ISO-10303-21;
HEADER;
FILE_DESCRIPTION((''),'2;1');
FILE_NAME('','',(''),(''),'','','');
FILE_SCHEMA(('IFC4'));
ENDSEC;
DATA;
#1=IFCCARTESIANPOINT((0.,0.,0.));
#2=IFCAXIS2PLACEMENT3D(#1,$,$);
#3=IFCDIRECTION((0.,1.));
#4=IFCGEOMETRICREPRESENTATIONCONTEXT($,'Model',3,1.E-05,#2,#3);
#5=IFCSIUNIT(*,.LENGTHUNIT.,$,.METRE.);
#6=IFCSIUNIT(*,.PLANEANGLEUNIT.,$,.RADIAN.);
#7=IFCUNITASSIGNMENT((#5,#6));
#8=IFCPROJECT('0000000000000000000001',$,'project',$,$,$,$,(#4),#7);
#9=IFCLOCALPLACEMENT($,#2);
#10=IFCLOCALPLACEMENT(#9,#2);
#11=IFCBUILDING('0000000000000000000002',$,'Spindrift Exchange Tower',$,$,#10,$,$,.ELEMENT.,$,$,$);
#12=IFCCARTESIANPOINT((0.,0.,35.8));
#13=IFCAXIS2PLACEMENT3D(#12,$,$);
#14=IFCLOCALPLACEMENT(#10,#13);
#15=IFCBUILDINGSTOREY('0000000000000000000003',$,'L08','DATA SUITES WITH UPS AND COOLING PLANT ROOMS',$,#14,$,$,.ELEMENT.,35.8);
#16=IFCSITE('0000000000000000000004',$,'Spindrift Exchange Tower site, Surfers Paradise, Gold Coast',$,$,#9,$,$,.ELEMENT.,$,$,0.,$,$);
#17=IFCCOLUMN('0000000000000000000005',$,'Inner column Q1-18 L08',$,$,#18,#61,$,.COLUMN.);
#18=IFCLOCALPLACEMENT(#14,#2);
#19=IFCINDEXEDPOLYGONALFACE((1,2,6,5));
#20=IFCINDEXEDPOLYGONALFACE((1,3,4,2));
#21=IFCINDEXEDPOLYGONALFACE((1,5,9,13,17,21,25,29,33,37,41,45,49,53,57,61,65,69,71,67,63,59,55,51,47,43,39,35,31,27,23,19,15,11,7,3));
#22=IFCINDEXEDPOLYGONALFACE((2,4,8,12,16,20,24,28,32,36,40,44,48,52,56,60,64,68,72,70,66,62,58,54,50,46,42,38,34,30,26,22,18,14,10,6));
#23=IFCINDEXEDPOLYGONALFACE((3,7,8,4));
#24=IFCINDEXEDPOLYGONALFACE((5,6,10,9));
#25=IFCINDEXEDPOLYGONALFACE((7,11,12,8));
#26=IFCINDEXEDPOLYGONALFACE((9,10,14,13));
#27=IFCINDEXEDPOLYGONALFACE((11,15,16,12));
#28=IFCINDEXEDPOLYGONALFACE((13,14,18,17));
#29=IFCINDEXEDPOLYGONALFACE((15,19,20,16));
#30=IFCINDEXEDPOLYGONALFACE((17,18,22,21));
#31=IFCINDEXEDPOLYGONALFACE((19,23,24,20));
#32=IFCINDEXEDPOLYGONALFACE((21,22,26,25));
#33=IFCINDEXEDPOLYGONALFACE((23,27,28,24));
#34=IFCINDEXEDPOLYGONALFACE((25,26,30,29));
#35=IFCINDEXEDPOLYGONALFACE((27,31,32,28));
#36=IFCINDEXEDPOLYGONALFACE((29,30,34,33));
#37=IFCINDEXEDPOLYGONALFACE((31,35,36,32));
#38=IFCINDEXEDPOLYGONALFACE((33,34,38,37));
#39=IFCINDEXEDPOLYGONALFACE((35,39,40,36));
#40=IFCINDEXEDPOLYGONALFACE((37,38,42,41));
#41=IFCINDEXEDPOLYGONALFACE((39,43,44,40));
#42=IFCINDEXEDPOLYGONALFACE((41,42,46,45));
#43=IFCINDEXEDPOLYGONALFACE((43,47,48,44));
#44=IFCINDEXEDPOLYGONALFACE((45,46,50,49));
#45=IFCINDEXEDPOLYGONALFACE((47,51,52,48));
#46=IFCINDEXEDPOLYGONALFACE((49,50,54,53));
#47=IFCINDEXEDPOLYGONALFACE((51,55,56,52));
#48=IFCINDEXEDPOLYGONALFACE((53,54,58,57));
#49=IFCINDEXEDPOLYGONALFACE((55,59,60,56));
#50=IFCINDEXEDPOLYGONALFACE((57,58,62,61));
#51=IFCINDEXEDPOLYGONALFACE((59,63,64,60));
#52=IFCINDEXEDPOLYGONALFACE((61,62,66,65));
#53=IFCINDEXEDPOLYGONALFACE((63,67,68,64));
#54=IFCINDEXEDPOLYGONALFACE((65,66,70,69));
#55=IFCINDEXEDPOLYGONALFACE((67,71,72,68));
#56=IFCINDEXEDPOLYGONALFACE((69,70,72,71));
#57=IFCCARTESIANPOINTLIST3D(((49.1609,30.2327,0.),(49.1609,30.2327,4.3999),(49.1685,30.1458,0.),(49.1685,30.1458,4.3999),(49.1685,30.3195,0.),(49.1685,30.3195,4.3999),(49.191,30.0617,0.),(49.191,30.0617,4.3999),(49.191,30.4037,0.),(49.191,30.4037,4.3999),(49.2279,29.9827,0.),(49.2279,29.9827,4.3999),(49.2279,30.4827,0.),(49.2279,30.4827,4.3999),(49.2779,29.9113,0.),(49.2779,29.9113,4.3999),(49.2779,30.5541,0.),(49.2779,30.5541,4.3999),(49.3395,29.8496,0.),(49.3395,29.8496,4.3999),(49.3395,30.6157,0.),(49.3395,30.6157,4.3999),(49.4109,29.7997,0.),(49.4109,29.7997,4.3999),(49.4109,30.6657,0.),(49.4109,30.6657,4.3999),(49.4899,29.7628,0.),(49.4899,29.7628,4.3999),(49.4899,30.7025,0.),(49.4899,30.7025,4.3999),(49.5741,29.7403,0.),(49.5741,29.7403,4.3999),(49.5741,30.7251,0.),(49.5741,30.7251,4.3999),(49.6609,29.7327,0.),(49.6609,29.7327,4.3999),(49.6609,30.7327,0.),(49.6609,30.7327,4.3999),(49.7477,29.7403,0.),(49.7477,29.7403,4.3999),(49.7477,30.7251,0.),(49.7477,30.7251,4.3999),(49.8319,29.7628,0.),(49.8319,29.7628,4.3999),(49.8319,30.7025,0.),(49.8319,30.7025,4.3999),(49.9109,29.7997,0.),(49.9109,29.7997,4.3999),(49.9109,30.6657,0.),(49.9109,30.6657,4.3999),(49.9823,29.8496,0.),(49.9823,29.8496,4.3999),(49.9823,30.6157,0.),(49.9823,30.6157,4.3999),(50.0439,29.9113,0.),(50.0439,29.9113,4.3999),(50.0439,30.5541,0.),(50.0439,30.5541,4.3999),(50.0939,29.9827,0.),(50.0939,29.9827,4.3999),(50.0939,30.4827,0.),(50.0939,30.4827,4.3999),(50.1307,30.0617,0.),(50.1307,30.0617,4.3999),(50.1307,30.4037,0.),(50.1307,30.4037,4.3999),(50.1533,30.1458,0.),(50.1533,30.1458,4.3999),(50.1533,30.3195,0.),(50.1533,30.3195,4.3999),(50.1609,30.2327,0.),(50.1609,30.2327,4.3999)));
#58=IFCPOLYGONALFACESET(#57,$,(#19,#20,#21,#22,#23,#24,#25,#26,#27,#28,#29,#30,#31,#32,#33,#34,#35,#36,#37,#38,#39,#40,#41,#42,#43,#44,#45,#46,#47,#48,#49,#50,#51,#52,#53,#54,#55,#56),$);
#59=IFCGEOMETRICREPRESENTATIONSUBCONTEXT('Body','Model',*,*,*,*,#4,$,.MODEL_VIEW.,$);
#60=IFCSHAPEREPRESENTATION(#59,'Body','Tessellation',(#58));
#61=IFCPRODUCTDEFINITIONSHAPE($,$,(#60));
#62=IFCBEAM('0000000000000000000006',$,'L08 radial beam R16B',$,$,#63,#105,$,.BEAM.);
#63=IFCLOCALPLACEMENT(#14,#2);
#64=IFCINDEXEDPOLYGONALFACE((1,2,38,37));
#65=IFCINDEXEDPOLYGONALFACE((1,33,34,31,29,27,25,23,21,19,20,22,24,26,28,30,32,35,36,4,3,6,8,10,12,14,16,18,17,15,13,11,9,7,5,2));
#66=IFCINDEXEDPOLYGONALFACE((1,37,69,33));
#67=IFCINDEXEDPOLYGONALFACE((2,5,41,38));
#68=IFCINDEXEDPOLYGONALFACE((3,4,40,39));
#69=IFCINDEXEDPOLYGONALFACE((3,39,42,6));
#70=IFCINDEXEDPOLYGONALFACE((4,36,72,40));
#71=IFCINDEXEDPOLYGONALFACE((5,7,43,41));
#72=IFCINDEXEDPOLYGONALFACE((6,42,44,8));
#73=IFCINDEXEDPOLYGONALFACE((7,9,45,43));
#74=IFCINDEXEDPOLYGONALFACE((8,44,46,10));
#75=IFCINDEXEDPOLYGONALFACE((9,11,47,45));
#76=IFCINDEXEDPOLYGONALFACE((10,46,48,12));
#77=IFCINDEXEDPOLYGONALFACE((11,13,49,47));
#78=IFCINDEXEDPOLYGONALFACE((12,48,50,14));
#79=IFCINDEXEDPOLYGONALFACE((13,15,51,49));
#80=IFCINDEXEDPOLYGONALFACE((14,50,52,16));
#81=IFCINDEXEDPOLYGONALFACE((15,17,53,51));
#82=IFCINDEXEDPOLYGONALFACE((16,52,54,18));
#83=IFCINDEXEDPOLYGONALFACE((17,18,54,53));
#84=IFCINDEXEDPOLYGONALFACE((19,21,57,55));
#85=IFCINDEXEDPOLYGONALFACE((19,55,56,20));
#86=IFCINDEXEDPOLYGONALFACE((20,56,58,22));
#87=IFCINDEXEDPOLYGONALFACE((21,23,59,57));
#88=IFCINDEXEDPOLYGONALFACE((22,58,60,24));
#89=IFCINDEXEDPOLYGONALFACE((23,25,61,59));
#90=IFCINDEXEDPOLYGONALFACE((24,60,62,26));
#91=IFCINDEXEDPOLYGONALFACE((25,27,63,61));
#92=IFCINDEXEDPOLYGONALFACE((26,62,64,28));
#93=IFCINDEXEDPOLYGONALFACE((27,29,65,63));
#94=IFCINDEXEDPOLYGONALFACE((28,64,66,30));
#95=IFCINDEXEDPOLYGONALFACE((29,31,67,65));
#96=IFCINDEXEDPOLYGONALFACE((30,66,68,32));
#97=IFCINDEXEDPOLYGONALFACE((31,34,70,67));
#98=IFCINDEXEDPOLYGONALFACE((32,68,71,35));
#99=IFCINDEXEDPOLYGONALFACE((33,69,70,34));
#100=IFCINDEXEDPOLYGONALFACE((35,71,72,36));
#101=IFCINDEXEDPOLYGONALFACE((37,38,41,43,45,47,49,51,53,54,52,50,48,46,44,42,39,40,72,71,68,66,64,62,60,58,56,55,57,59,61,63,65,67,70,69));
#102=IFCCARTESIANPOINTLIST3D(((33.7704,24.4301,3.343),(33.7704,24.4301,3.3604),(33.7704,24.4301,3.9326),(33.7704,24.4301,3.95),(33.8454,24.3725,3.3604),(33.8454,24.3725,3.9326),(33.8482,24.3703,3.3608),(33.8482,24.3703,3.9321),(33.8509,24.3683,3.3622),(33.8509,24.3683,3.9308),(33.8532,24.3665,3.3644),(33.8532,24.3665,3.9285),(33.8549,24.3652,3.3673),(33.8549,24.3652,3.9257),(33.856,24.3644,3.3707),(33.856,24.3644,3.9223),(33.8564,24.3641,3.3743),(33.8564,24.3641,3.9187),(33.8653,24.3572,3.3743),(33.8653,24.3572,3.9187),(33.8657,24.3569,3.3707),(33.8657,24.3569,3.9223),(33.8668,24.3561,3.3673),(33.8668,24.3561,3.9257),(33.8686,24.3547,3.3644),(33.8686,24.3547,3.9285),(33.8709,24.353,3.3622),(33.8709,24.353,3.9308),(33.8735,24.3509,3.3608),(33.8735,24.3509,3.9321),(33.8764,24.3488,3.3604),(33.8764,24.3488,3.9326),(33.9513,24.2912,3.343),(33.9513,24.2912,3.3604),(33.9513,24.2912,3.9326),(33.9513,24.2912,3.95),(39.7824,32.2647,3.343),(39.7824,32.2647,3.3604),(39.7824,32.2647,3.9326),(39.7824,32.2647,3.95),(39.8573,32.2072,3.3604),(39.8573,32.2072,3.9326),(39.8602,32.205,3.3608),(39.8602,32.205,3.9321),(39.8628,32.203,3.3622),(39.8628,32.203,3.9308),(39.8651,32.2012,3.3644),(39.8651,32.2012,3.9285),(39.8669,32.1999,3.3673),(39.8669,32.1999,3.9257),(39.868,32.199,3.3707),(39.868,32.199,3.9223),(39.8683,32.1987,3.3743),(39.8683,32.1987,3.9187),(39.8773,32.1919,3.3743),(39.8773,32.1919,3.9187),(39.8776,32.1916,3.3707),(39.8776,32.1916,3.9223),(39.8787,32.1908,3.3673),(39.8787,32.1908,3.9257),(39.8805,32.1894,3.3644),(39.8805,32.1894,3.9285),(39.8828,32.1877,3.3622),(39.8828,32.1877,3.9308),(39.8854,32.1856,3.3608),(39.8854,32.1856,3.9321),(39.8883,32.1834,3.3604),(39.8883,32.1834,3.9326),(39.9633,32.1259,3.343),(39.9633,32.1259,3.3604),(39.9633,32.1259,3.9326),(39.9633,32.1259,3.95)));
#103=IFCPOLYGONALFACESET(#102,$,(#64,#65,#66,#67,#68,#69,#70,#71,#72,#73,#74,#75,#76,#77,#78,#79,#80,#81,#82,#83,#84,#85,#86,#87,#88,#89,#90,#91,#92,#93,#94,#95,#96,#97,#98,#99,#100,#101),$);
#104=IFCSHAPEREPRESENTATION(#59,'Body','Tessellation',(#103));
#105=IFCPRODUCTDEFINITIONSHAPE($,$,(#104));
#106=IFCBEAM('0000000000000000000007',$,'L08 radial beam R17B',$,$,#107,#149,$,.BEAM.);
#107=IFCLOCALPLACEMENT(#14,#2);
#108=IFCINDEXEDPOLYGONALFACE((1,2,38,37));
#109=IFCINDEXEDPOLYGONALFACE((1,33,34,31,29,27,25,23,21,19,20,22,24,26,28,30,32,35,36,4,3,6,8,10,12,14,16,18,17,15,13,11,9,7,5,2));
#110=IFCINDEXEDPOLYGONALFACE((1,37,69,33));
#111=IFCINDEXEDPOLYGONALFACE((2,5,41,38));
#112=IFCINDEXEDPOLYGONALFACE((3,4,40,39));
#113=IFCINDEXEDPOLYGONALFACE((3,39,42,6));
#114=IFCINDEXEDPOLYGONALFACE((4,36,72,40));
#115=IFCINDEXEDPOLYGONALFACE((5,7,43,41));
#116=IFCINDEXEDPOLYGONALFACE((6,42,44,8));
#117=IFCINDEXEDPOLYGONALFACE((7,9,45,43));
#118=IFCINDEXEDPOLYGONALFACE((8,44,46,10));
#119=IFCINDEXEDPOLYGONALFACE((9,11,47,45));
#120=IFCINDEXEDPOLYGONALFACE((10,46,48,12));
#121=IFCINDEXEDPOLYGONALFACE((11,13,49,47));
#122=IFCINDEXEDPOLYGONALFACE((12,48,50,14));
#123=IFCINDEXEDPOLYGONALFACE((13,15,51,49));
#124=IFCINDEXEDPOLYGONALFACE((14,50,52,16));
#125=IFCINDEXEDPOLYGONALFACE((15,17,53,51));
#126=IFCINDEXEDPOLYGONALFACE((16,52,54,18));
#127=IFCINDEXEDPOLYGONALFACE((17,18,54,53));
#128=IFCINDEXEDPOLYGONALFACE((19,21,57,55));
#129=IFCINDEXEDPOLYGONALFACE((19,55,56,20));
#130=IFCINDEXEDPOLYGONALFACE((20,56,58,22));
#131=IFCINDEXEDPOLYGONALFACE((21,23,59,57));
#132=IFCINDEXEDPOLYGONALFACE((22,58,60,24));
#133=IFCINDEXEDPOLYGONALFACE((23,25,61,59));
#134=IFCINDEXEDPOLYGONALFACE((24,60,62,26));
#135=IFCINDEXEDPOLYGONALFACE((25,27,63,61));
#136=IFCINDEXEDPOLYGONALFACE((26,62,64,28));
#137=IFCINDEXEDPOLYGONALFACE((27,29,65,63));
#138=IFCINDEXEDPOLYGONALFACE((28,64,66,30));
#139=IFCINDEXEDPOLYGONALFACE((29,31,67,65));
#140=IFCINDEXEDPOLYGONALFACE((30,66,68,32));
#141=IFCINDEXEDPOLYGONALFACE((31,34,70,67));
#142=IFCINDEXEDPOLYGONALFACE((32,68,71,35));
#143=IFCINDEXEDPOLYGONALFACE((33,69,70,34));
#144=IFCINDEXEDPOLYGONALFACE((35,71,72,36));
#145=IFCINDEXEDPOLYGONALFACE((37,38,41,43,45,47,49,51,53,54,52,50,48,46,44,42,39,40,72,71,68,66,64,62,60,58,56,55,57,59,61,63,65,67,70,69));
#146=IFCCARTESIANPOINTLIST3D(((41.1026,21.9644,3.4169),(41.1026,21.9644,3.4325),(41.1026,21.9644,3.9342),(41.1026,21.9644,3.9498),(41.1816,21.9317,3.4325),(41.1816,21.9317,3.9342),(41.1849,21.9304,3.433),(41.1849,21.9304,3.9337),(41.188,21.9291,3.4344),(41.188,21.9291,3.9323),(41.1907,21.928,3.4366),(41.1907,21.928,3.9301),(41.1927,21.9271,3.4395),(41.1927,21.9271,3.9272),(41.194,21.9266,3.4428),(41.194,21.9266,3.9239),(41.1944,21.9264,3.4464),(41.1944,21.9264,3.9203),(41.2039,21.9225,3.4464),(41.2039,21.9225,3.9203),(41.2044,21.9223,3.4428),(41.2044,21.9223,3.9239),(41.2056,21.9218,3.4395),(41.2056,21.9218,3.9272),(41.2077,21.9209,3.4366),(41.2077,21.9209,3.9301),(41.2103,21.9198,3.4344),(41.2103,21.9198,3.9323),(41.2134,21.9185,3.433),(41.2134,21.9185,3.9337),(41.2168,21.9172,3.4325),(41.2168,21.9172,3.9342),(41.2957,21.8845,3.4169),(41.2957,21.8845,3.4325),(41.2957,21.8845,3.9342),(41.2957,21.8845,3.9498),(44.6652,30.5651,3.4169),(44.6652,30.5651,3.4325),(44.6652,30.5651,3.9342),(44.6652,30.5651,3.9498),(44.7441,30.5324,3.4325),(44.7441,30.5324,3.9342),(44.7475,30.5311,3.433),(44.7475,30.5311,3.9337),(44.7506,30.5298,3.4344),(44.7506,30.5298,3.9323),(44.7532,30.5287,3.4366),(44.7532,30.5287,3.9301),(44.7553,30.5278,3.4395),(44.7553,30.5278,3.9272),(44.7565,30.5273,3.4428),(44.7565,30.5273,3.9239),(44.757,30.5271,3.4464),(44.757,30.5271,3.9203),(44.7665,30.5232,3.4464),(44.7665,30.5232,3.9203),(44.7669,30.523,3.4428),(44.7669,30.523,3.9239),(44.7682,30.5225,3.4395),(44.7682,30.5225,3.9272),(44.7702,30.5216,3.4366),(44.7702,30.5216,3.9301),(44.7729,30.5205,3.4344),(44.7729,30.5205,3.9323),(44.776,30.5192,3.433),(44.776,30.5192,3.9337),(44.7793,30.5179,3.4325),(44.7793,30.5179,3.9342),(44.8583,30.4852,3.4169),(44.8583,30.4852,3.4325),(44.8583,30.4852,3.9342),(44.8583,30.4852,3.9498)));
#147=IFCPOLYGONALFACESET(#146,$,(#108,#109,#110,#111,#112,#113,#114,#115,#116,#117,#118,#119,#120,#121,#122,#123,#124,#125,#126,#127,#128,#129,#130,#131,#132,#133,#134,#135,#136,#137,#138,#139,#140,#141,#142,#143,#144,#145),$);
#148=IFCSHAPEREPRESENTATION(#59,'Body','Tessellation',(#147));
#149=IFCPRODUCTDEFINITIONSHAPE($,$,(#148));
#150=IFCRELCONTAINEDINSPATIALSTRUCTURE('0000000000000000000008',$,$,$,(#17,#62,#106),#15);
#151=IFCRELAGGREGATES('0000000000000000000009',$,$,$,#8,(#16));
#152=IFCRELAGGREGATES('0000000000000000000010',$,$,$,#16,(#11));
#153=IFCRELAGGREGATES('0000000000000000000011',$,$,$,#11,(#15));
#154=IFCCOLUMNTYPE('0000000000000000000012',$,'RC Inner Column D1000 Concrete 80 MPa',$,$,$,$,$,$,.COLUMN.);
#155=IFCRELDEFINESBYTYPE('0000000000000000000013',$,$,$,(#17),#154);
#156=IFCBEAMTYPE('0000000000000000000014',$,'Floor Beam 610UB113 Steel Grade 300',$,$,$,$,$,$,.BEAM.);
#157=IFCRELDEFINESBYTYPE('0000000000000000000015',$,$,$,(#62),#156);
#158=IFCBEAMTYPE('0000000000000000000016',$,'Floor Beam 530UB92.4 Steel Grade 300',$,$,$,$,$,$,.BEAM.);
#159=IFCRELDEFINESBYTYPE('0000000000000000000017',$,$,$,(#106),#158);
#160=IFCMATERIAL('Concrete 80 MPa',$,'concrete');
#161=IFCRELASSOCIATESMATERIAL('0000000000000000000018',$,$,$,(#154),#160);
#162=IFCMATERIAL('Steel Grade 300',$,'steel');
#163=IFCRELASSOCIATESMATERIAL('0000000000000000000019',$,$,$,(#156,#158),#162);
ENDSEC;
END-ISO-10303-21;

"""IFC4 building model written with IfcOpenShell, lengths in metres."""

from ifc_helpers import new_model, si_unit, direction, frame, origin, origin_2d, place, context, subcontext, project, spatial, circle, i_section, extrude, source, transform, mapped, material, material_profile, profile_set, type_object, element, save


model = new_model("IFC4")

# Units and contexts
model_context = context("Model", 3, precision=1e-05, world=origin(), true_north=direction((0.0, 1.0)))
body_context = subcontext(model_context, "Body", "Model", "MODEL_VIEW")
ifc_project = project(units=[si_unit("LENGTHUNIT", "METRE"), si_unit("PLANEANGLEUNIT", "RADIAN")], contexts=[model_context])

# Site, building, storey
site_placement = place(None, origin())
site = spatial("IfcSite", under=ifc_project, at=site_placement, Name="Spindrift Exchange Tower site, Surfers Paradise, Gold Coast", CompositionType="ELEMENT", RefElevation=0.0)
building_placement = place(site_placement, origin())
building = spatial("IfcBuilding", under=site, at=building_placement, Name="Spindrift Exchange Tower", CompositionType="ELEMENT")
storey_placement = place(building_placement, frame((0.0, 0.0, 35.8)))
storey = spatial("IfcBuildingStorey", under=building, at=storey_placement, Name="L08", Description="DATA SUITES WITH UPS AND COOLING PLANT ROOMS", CompositionType="ELEMENT", Elevation=35.8)

# Column
ifc_material_1 = material(Name="Concrete 80 MPa", Category="concrete")
ifc_material_profile_1 = material_profile(ifc_material_1, circle(Radius=0.5, at=origin_2d()), Name="RC D1000")
ifc_profile_set_1 = profile_set([ifc_material_profile_1], Name="Concrete 80 MPa")
column_type_1 = type_object("IfcColumnType", Name="RC Inner Column D1000 Concrete 80 MPa", PredefinedType="COLUMN", material=ifc_profile_set_1)
shared_shape_1 = source(origin(), body_context, "Body", "SweptSolid", [
    extrude(circle(Radius=0.5, at=origin_2d()), origin(), (0.0, 0.0, 1.0), 4.3999),
])
for number, where, z_axis, x_axis, name in (
    (1, (49.6609, 30.2327, 0.0), (0.0, 0.0, 1.0), (1.0, 0.0, 0.0), "Inner column Q1-18 L08"),
):
    element("IfcColumn", number, at=place(storey_placement, frame(where, z_axis=z_axis, x_axis=x_axis)), inside=storey, type_object=column_type_1, Name=name, PredefinedType="COLUMN", context=body_context, shape_type="MappedRepresentation", body=[
        mapped(shared_shape_1, transform((0.0, 0.0, 0.0), scale=1.0)),
    ])

# Beams
ifc_material_2 = material(Name="Steel Grade 300", Category="steel")
ifc_material_profile_2 = material_profile(ifc_material_2, i_section(OverallWidth=0.228, OverallDepth=0.6069, WebThickness=0.0112, FlangeThickness=0.0173, FilletRadius=0.0139, at=origin_2d()), Name="610UB113")
ifc_profile_set_2 = profile_set([ifc_material_profile_2], Name="Steel Grade 300")
beam_type_1 = type_object("IfcBeamType", Name="Floor Beam 610UB113 Steel Grade 300", PredefinedType="BEAM", material=ifc_profile_set_2)
shared_shape_2 = source(origin(), body_context, "Body", "SweptSolid", [
    extrude(i_section(OverallWidth=0.228, OverallDepth=0.6069, WebThickness=0.0112, FlangeThickness=0.0173, FilletRadius=0.0139, at=origin_2d()), origin(), (0.0, 0.0, 1.0), 9.8755),
])
beam_1_placement = place(storey_placement, frame((39.8728, 32.1953, 3.6465), z_axis=(-0.608772, -0.793345, 0.0), x_axis=(0.793345, -0.608772, 0.0)))
element("IfcBeam", 2, at=beam_1_placement, inside=storey, type_object=beam_type_1, Name="L08 radial beam R16B", PredefinedType="BEAM", context=body_context, shape_type="MappedRepresentation", body=[
    mapped(shared_shape_2, transform((0.0, 0.0, 0.0), scale=1.0)),
])
ifc_material_profile_3 = material_profile(ifc_material_2, i_section(OverallWidth=0.209, OverallDepth=0.533, WebThickness=0.0103, FlangeThickness=0.0156, FilletRadius=0.0139, at=origin_2d()), Name="530UB92.4")
ifc_profile_set_3 = profile_set([ifc_material_profile_3], Name="Steel Grade 300")
beam_type_2 = type_object("IfcBeamType", Name="Floor Beam 530UB92.4 Steel Grade 300", PredefinedType="BEAM", material=ifc_profile_set_3)
shared_shape_3 = source(origin(), body_context, "Body", "SweptSolid", [
    extrude(i_section(OverallWidth=0.209, OverallDepth=0.533, WebThickness=0.0103, FlangeThickness=0.0156, FilletRadius=0.0139, at=origin_2d()), origin(), (0.0, 0.0, 1.0), 9.3093),
])
beam_2_placement = place(storey_placement, frame((44.7617, 30.5251, 3.6833), z_axis=(-0.382685, -0.923879, 0.0), x_axis=(0.923879, -0.382685, 0.0)))
element("IfcBeam", 3, at=beam_2_placement, inside=storey, type_object=beam_type_2, Name="L08 radial beam R17B", PredefinedType="BEAM", context=body_context, shape_type="MappedRepresentation", body=[
    mapped(shared_shape_3, transform((0.0, 0.0, 0.0), scale=1.0)),
])

save(model, "model.ifc")
